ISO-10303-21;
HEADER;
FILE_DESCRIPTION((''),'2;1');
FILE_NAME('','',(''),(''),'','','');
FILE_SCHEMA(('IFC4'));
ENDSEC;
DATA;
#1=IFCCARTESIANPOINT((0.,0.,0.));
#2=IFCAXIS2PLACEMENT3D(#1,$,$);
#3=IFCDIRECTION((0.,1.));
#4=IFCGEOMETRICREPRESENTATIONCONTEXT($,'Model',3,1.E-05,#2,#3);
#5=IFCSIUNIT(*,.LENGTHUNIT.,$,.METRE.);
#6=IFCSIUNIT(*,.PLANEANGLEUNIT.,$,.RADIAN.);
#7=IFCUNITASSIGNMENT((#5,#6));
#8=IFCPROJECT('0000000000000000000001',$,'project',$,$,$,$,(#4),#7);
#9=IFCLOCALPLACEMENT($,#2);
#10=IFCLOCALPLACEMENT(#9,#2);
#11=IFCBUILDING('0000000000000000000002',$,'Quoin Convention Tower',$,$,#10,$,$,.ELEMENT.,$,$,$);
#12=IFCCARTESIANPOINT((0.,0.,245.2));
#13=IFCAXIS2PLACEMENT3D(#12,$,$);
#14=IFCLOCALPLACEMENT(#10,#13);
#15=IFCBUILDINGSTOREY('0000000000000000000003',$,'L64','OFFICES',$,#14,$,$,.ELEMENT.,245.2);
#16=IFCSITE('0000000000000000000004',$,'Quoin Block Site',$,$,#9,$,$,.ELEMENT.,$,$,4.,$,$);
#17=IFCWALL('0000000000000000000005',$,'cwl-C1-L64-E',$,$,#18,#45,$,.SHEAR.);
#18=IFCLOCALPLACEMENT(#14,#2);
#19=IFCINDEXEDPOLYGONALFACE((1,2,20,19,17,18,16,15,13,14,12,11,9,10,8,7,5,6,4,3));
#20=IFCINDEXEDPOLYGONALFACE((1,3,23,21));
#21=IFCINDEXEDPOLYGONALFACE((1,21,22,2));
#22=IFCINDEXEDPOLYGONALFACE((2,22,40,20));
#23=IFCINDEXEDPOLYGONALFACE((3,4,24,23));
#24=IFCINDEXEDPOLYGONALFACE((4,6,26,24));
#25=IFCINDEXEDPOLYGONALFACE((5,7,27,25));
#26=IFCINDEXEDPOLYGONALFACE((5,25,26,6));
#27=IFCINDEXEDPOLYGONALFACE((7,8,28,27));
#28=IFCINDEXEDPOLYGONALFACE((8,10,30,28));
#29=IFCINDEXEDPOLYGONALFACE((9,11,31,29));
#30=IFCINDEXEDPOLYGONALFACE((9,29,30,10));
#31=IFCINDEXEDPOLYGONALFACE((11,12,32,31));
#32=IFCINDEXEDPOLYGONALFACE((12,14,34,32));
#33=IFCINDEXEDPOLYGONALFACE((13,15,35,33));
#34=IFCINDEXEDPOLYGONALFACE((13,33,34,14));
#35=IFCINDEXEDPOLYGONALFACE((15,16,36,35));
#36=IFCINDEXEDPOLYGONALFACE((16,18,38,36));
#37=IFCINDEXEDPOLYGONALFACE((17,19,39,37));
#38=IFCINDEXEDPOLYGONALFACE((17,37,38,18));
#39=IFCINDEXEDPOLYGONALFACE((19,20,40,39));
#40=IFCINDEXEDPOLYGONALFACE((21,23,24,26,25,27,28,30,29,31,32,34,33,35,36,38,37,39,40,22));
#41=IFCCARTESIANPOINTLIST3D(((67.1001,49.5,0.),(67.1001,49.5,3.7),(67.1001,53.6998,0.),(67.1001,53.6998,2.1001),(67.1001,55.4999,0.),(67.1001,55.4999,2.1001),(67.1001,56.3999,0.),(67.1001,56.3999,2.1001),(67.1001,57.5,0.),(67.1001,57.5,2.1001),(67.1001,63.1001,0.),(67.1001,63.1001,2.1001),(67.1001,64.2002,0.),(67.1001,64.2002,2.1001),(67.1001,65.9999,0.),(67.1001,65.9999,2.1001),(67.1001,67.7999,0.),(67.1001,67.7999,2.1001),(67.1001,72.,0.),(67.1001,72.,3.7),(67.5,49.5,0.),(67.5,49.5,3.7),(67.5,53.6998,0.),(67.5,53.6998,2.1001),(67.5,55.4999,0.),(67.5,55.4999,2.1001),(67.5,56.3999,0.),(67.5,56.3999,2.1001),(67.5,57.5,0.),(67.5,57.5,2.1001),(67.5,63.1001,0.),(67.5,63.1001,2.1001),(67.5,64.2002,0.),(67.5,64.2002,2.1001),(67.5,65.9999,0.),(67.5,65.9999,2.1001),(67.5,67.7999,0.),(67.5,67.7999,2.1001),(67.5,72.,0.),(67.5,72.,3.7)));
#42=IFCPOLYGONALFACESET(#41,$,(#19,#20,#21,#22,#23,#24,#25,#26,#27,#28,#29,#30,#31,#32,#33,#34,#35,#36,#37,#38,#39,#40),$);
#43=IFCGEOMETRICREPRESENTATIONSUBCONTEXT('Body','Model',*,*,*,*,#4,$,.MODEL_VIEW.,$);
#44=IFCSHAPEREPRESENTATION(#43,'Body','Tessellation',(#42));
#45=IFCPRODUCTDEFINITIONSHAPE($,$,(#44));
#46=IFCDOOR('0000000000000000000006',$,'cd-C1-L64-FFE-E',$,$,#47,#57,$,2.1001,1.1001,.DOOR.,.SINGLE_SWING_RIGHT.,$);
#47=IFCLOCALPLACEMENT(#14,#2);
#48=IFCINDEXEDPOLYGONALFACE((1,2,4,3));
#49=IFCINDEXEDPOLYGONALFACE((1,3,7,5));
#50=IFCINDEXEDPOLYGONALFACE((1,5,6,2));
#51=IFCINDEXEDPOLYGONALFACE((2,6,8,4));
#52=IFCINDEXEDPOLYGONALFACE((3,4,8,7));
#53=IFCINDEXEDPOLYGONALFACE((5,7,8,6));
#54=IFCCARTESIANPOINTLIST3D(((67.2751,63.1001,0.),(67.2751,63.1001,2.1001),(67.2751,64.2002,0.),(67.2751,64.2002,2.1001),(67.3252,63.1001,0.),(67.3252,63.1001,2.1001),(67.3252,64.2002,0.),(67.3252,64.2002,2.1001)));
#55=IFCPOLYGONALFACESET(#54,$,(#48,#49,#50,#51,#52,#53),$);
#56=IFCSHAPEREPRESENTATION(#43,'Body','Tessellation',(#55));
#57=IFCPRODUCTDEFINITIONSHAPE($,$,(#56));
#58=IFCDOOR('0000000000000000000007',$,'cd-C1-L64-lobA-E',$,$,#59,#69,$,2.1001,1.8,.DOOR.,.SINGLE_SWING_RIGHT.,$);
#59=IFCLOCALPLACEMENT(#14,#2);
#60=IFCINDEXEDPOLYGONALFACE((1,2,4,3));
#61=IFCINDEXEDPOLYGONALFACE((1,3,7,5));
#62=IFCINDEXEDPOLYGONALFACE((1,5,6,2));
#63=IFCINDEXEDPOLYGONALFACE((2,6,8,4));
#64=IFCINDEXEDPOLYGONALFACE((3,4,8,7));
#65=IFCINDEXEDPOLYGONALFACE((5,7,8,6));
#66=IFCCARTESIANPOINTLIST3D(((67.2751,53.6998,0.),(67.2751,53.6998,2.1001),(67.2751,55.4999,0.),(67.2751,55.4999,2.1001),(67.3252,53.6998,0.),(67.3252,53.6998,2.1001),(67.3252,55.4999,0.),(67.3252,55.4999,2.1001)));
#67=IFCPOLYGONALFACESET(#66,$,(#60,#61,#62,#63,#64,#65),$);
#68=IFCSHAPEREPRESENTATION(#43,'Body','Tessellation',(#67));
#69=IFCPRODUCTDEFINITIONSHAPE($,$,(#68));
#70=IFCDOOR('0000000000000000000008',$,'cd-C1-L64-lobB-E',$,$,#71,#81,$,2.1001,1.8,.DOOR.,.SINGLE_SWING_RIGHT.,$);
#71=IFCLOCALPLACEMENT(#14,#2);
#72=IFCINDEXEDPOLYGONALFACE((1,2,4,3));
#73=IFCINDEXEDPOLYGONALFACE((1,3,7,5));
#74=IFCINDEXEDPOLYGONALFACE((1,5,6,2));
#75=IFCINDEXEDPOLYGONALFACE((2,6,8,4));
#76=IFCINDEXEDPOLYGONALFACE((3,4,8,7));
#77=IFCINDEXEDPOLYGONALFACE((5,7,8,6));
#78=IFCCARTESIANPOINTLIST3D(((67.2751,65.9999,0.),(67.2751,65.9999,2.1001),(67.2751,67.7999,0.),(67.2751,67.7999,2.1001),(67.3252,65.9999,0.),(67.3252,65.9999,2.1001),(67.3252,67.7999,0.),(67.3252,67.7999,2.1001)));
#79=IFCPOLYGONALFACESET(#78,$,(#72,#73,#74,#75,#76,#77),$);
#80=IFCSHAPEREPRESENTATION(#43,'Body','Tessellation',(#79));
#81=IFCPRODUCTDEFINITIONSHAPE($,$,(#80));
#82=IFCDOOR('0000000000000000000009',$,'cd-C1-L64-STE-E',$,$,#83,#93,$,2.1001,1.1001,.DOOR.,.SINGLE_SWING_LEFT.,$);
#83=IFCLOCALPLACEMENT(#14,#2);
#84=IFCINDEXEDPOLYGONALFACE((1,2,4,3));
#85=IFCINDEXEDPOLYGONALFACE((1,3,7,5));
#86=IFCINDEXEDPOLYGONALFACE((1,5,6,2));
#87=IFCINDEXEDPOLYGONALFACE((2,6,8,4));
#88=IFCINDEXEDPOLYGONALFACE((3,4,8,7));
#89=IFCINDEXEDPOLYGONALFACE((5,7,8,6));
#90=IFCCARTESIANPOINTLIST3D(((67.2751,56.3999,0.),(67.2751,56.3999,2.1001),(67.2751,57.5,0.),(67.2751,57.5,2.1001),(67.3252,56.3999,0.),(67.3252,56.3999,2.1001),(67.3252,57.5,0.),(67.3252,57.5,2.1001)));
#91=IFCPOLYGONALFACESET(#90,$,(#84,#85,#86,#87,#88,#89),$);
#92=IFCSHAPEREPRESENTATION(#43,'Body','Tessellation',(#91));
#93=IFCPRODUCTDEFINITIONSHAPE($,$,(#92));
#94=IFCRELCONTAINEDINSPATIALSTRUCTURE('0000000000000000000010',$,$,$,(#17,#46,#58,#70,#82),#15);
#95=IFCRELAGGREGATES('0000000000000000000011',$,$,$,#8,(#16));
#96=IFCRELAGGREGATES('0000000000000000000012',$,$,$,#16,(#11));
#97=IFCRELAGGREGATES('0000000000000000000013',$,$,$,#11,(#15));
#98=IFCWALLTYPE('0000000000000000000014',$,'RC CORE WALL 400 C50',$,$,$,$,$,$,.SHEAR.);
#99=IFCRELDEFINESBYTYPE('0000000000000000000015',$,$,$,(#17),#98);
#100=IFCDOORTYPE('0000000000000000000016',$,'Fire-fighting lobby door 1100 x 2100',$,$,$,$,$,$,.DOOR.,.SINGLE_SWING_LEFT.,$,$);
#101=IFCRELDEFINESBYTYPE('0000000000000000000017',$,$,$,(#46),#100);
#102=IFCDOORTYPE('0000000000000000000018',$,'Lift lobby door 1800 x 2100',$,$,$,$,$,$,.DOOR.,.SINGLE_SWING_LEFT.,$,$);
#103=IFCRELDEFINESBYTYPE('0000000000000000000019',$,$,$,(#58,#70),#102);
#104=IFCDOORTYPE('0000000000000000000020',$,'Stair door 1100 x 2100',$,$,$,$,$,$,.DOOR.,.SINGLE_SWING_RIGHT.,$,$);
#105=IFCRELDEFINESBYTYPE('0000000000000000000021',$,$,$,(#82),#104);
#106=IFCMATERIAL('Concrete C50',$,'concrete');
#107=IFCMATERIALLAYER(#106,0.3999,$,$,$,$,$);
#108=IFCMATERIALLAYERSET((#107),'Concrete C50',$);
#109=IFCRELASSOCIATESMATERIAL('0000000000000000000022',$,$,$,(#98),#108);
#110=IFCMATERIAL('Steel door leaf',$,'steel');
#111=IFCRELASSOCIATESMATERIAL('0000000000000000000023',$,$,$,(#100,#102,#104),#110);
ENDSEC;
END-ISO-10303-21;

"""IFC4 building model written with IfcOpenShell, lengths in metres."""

from ifc_helpers import new_model, si_unit, direction, frame, frame_2d, origin, place, context, subcontext, project, spatial, rectangle, extrude, material, layer, layer_set, type_object, element, fill, save


model = new_model("IFC4")

# Units and contexts
model_context = context("Model", 3, precision=1e-05, world=origin(), true_north=direction((0.0, 1.0)))
body_context = subcontext(model_context, "Body", "Model", "MODEL_VIEW")
ifc_project = project(units=[si_unit("LENGTHUNIT", "METRE"), si_unit("PLANEANGLEUNIT", "RADIAN")], contexts=[model_context])

# Site, building, storey
site_placement = place(None, origin())
site = spatial("IfcSite", under=ifc_project, at=site_placement, Name="Quoin Block Site", CompositionType="ELEMENT", RefElevation=4.0)
building_placement = place(site_placement, origin())
building = spatial("IfcBuilding", under=site, at=building_placement, Name="Quoin Convention Tower", CompositionType="ELEMENT")
storey_placement = place(building_placement, frame((0.0, 0.0, 245.2)))
storey = spatial("IfcBuildingStorey", under=building, at=storey_placement, Name="L64", Description="OFFICES", CompositionType="ELEMENT", Elevation=245.2)

# Shared definitions
ifc_material_1 = material(Name="Concrete C50", Category="concrete")

# Wall, openings, doors
ifc_layer_1 = layer(ifc_material_1, 0.3999)
ifc_layer_set_1 = layer_set([ifc_layer_1], Name="Concrete C50")
wall_type_1 = type_object("IfcWallType", Name="RC CORE WALL 400 C50", PredefinedType="SHEAR", material=ifc_layer_set_1)
wall_1_placement = place(storey_placement, frame((67.3, 49.5, 0.0), z_axis=(0.0, 0.0, 1.0), x_axis=(0.0, 1.0, 0.0)))
wall_1 = element("IfcWall", 1, at=wall_1_placement, inside=storey, type_object=wall_type_1, Name="cwl-C1-L64-E", PredefinedType="SHEAR", context=body_context, shape_type="SweptSolid", body=[
    extrude(rectangle(XDim=22.5, YDim=0.3999, at=frame_2d((11.25, 0.0))), origin(), (0.0, 0.0, 1.0), 3.7),
])
opening_1_placement = place(wall_1_placement, frame((4.2, 0.0, 0.0)))
opening_1 = element("IfcOpeningElement", 2, at=opening_1_placement, cuts=wall_1, PredefinedType="OPENING", context=body_context, shape_type="SweptSolid", body=[
    extrude(rectangle(XDim=1.8, YDim=2.1001, at=frame_2d((0.8999, 1.05))), frame((0.0, 0.21, 0.0), z_axis=(0.0, -1.0, 0.0), x_axis=(1.0, 0.0, 0.0)), (0.0, 0.0, 1.0), 0.4199),
])
opening_2_placement = place(wall_1_placement, frame((6.8999, 0.0, 0.0)))
opening_2 = element("IfcOpeningElement", 3, at=opening_2_placement, cuts=wall_1, PredefinedType="OPENING", context=body_context, shape_type="SweptSolid", body=[
    extrude(rectangle(XDim=1.1001, YDim=2.1001, at=frame_2d((0.55, 1.05))), frame((0.0, 0.21, 0.0), z_axis=(0.0, -1.0, 0.0), x_axis=(1.0, 0.0, 0.0)), (0.0, 0.0, 1.0), 0.4199),
])
opening_3_placement = place(wall_1_placement, frame((13.6001, 0.0, 0.0)))
opening_3 = element("IfcOpeningElement", 4, at=opening_3_placement, cuts=wall_1, PredefinedType="OPENING", context=body_context, shape_type="SweptSolid", body=[
    extrude(rectangle(XDim=1.1001, YDim=2.1001, at=frame_2d((0.55, 1.05))), frame((0.0, 0.21, 0.0), z_axis=(0.0, -1.0, 0.0), x_axis=(1.0, 0.0, 0.0)), (0.0, 0.0, 1.0), 0.4199),
])
opening_4_placement = place(wall_1_placement, frame((16.5, 0.0, 0.0)))
opening_4 = element("IfcOpeningElement", 5, at=opening_4_placement, cuts=wall_1, PredefinedType="OPENING", context=body_context, shape_type="SweptSolid", body=[
    extrude(rectangle(XDim=1.8, YDim=2.1001, at=frame_2d((0.8999, 1.05))), frame((0.0, 0.21, 0.0), z_axis=(0.0, -1.0, 0.0), x_axis=(1.0, 0.0, 0.0)), (0.0, 0.0, 1.0), 0.4199),
])
ifc_material_2 = material(Name="Steel door leaf", Category="steel")
door_type_1 = type_object("IfcDoorType", Name="Fire-fighting lobby door 1100 x 2100", OperationType="SINGLE_SWING_LEFT", PredefinedType="DOOR", material=ifc_material_2)
door_1_placement = place(opening_3_placement, origin())
door_1 = element("IfcDoor", 6, at=door_1_placement, inside=storey, type_object=door_type_1, Name="cd-C1-L64-FFE-E", OperationType="SINGLE_SWING_RIGHT", OverallHeight=2.1001, OverallWidth=1.1001, PredefinedType="DOOR", context=body_context, shape_type="SweptSolid", body=[
    extrude(rectangle(XDim=1.1001, YDim=2.1001, at=frame_2d((0.55, 1.05))), frame((0.0, 0.0249, 0.0), z_axis=(0.0, -1.0, 0.0), x_axis=(1.0, 0.0, 0.0)), (0.0, 0.0, 1.0), 0.05),
])
fill(opening_3, door_1)
door_type_2 = type_object("IfcDoorType", Name="Lift lobby door 1800 x 2100", OperationType="SINGLE_SWING_LEFT", PredefinedType="DOOR", material=ifc_material_2)
door_2_placement = place(opening_1_placement, origin())
door_2 = element("IfcDoor", 7, at=door_2_placement, inside=storey, type_object=door_type_2, Name="cd-C1-L64-lobA-E", OperationType="SINGLE_SWING_RIGHT", OverallHeight=2.1001, OverallWidth=1.8, PredefinedType="DOOR", context=body_context, shape_type="SweptSolid", body=[
    extrude(rectangle(XDim=1.8, YDim=2.1001, at=frame_2d((0.8999, 1.05))), frame((0.0, 0.0249, 0.0), z_axis=(0.0, -1.0, 0.0), x_axis=(1.0, 0.0, 0.0)), (0.0, 0.0, 1.0), 0.05),
])
fill(opening_1, door_2)
door_3_placement = place(opening_4_placement, origin())
door_3 = element("IfcDoor", 8, at=door_3_placement, inside=storey, type_object=door_type_2, Name="cd-C1-L64-lobB-E", OperationType="SINGLE_SWING_RIGHT", OverallHeight=2.1001, OverallWidth=1.8, PredefinedType="DOOR", context=body_context, shape_type="SweptSolid", body=[
    extrude(rectangle(XDim=1.8, YDim=2.1001, at=frame_2d((0.8999, 1.05))), frame((0.0, 0.0249, 0.0), z_axis=(0.0, -1.0, 0.0), x_axis=(1.0, 0.0, 0.0)), (0.0, 0.0, 1.0), 0.05),
])
fill(opening_4, door_3)
door_type_3 = type_object("IfcDoorType", Name="Stair door 1100 x 2100", OperationType="SINGLE_SWING_RIGHT", PredefinedType="DOOR", material=ifc_material_2)
door_4_placement = place(opening_2_placement, origin())
door_4 = element("IfcDoor", 9, at=door_4_placement, inside=storey, type_object=door_type_3, Name="cd-C1-L64-STE-E", OperationType="SINGLE_SWING_LEFT", OverallHeight=2.1001, OverallWidth=1.1001, PredefinedType="DOOR", context=body_context, shape_type="SweptSolid", body=[
    extrude(rectangle(XDim=1.1001, YDim=2.1001, at=frame_2d((0.55, 1.05))), frame((0.0, 0.0249, 0.0), z_axis=(0.0, -1.0, 0.0), x_axis=(1.0, 0.0, 0.0)), (0.0, 0.0, 1.0), 0.05),
])
fill(opening_2, door_4)

save(model, "model.ifc")
